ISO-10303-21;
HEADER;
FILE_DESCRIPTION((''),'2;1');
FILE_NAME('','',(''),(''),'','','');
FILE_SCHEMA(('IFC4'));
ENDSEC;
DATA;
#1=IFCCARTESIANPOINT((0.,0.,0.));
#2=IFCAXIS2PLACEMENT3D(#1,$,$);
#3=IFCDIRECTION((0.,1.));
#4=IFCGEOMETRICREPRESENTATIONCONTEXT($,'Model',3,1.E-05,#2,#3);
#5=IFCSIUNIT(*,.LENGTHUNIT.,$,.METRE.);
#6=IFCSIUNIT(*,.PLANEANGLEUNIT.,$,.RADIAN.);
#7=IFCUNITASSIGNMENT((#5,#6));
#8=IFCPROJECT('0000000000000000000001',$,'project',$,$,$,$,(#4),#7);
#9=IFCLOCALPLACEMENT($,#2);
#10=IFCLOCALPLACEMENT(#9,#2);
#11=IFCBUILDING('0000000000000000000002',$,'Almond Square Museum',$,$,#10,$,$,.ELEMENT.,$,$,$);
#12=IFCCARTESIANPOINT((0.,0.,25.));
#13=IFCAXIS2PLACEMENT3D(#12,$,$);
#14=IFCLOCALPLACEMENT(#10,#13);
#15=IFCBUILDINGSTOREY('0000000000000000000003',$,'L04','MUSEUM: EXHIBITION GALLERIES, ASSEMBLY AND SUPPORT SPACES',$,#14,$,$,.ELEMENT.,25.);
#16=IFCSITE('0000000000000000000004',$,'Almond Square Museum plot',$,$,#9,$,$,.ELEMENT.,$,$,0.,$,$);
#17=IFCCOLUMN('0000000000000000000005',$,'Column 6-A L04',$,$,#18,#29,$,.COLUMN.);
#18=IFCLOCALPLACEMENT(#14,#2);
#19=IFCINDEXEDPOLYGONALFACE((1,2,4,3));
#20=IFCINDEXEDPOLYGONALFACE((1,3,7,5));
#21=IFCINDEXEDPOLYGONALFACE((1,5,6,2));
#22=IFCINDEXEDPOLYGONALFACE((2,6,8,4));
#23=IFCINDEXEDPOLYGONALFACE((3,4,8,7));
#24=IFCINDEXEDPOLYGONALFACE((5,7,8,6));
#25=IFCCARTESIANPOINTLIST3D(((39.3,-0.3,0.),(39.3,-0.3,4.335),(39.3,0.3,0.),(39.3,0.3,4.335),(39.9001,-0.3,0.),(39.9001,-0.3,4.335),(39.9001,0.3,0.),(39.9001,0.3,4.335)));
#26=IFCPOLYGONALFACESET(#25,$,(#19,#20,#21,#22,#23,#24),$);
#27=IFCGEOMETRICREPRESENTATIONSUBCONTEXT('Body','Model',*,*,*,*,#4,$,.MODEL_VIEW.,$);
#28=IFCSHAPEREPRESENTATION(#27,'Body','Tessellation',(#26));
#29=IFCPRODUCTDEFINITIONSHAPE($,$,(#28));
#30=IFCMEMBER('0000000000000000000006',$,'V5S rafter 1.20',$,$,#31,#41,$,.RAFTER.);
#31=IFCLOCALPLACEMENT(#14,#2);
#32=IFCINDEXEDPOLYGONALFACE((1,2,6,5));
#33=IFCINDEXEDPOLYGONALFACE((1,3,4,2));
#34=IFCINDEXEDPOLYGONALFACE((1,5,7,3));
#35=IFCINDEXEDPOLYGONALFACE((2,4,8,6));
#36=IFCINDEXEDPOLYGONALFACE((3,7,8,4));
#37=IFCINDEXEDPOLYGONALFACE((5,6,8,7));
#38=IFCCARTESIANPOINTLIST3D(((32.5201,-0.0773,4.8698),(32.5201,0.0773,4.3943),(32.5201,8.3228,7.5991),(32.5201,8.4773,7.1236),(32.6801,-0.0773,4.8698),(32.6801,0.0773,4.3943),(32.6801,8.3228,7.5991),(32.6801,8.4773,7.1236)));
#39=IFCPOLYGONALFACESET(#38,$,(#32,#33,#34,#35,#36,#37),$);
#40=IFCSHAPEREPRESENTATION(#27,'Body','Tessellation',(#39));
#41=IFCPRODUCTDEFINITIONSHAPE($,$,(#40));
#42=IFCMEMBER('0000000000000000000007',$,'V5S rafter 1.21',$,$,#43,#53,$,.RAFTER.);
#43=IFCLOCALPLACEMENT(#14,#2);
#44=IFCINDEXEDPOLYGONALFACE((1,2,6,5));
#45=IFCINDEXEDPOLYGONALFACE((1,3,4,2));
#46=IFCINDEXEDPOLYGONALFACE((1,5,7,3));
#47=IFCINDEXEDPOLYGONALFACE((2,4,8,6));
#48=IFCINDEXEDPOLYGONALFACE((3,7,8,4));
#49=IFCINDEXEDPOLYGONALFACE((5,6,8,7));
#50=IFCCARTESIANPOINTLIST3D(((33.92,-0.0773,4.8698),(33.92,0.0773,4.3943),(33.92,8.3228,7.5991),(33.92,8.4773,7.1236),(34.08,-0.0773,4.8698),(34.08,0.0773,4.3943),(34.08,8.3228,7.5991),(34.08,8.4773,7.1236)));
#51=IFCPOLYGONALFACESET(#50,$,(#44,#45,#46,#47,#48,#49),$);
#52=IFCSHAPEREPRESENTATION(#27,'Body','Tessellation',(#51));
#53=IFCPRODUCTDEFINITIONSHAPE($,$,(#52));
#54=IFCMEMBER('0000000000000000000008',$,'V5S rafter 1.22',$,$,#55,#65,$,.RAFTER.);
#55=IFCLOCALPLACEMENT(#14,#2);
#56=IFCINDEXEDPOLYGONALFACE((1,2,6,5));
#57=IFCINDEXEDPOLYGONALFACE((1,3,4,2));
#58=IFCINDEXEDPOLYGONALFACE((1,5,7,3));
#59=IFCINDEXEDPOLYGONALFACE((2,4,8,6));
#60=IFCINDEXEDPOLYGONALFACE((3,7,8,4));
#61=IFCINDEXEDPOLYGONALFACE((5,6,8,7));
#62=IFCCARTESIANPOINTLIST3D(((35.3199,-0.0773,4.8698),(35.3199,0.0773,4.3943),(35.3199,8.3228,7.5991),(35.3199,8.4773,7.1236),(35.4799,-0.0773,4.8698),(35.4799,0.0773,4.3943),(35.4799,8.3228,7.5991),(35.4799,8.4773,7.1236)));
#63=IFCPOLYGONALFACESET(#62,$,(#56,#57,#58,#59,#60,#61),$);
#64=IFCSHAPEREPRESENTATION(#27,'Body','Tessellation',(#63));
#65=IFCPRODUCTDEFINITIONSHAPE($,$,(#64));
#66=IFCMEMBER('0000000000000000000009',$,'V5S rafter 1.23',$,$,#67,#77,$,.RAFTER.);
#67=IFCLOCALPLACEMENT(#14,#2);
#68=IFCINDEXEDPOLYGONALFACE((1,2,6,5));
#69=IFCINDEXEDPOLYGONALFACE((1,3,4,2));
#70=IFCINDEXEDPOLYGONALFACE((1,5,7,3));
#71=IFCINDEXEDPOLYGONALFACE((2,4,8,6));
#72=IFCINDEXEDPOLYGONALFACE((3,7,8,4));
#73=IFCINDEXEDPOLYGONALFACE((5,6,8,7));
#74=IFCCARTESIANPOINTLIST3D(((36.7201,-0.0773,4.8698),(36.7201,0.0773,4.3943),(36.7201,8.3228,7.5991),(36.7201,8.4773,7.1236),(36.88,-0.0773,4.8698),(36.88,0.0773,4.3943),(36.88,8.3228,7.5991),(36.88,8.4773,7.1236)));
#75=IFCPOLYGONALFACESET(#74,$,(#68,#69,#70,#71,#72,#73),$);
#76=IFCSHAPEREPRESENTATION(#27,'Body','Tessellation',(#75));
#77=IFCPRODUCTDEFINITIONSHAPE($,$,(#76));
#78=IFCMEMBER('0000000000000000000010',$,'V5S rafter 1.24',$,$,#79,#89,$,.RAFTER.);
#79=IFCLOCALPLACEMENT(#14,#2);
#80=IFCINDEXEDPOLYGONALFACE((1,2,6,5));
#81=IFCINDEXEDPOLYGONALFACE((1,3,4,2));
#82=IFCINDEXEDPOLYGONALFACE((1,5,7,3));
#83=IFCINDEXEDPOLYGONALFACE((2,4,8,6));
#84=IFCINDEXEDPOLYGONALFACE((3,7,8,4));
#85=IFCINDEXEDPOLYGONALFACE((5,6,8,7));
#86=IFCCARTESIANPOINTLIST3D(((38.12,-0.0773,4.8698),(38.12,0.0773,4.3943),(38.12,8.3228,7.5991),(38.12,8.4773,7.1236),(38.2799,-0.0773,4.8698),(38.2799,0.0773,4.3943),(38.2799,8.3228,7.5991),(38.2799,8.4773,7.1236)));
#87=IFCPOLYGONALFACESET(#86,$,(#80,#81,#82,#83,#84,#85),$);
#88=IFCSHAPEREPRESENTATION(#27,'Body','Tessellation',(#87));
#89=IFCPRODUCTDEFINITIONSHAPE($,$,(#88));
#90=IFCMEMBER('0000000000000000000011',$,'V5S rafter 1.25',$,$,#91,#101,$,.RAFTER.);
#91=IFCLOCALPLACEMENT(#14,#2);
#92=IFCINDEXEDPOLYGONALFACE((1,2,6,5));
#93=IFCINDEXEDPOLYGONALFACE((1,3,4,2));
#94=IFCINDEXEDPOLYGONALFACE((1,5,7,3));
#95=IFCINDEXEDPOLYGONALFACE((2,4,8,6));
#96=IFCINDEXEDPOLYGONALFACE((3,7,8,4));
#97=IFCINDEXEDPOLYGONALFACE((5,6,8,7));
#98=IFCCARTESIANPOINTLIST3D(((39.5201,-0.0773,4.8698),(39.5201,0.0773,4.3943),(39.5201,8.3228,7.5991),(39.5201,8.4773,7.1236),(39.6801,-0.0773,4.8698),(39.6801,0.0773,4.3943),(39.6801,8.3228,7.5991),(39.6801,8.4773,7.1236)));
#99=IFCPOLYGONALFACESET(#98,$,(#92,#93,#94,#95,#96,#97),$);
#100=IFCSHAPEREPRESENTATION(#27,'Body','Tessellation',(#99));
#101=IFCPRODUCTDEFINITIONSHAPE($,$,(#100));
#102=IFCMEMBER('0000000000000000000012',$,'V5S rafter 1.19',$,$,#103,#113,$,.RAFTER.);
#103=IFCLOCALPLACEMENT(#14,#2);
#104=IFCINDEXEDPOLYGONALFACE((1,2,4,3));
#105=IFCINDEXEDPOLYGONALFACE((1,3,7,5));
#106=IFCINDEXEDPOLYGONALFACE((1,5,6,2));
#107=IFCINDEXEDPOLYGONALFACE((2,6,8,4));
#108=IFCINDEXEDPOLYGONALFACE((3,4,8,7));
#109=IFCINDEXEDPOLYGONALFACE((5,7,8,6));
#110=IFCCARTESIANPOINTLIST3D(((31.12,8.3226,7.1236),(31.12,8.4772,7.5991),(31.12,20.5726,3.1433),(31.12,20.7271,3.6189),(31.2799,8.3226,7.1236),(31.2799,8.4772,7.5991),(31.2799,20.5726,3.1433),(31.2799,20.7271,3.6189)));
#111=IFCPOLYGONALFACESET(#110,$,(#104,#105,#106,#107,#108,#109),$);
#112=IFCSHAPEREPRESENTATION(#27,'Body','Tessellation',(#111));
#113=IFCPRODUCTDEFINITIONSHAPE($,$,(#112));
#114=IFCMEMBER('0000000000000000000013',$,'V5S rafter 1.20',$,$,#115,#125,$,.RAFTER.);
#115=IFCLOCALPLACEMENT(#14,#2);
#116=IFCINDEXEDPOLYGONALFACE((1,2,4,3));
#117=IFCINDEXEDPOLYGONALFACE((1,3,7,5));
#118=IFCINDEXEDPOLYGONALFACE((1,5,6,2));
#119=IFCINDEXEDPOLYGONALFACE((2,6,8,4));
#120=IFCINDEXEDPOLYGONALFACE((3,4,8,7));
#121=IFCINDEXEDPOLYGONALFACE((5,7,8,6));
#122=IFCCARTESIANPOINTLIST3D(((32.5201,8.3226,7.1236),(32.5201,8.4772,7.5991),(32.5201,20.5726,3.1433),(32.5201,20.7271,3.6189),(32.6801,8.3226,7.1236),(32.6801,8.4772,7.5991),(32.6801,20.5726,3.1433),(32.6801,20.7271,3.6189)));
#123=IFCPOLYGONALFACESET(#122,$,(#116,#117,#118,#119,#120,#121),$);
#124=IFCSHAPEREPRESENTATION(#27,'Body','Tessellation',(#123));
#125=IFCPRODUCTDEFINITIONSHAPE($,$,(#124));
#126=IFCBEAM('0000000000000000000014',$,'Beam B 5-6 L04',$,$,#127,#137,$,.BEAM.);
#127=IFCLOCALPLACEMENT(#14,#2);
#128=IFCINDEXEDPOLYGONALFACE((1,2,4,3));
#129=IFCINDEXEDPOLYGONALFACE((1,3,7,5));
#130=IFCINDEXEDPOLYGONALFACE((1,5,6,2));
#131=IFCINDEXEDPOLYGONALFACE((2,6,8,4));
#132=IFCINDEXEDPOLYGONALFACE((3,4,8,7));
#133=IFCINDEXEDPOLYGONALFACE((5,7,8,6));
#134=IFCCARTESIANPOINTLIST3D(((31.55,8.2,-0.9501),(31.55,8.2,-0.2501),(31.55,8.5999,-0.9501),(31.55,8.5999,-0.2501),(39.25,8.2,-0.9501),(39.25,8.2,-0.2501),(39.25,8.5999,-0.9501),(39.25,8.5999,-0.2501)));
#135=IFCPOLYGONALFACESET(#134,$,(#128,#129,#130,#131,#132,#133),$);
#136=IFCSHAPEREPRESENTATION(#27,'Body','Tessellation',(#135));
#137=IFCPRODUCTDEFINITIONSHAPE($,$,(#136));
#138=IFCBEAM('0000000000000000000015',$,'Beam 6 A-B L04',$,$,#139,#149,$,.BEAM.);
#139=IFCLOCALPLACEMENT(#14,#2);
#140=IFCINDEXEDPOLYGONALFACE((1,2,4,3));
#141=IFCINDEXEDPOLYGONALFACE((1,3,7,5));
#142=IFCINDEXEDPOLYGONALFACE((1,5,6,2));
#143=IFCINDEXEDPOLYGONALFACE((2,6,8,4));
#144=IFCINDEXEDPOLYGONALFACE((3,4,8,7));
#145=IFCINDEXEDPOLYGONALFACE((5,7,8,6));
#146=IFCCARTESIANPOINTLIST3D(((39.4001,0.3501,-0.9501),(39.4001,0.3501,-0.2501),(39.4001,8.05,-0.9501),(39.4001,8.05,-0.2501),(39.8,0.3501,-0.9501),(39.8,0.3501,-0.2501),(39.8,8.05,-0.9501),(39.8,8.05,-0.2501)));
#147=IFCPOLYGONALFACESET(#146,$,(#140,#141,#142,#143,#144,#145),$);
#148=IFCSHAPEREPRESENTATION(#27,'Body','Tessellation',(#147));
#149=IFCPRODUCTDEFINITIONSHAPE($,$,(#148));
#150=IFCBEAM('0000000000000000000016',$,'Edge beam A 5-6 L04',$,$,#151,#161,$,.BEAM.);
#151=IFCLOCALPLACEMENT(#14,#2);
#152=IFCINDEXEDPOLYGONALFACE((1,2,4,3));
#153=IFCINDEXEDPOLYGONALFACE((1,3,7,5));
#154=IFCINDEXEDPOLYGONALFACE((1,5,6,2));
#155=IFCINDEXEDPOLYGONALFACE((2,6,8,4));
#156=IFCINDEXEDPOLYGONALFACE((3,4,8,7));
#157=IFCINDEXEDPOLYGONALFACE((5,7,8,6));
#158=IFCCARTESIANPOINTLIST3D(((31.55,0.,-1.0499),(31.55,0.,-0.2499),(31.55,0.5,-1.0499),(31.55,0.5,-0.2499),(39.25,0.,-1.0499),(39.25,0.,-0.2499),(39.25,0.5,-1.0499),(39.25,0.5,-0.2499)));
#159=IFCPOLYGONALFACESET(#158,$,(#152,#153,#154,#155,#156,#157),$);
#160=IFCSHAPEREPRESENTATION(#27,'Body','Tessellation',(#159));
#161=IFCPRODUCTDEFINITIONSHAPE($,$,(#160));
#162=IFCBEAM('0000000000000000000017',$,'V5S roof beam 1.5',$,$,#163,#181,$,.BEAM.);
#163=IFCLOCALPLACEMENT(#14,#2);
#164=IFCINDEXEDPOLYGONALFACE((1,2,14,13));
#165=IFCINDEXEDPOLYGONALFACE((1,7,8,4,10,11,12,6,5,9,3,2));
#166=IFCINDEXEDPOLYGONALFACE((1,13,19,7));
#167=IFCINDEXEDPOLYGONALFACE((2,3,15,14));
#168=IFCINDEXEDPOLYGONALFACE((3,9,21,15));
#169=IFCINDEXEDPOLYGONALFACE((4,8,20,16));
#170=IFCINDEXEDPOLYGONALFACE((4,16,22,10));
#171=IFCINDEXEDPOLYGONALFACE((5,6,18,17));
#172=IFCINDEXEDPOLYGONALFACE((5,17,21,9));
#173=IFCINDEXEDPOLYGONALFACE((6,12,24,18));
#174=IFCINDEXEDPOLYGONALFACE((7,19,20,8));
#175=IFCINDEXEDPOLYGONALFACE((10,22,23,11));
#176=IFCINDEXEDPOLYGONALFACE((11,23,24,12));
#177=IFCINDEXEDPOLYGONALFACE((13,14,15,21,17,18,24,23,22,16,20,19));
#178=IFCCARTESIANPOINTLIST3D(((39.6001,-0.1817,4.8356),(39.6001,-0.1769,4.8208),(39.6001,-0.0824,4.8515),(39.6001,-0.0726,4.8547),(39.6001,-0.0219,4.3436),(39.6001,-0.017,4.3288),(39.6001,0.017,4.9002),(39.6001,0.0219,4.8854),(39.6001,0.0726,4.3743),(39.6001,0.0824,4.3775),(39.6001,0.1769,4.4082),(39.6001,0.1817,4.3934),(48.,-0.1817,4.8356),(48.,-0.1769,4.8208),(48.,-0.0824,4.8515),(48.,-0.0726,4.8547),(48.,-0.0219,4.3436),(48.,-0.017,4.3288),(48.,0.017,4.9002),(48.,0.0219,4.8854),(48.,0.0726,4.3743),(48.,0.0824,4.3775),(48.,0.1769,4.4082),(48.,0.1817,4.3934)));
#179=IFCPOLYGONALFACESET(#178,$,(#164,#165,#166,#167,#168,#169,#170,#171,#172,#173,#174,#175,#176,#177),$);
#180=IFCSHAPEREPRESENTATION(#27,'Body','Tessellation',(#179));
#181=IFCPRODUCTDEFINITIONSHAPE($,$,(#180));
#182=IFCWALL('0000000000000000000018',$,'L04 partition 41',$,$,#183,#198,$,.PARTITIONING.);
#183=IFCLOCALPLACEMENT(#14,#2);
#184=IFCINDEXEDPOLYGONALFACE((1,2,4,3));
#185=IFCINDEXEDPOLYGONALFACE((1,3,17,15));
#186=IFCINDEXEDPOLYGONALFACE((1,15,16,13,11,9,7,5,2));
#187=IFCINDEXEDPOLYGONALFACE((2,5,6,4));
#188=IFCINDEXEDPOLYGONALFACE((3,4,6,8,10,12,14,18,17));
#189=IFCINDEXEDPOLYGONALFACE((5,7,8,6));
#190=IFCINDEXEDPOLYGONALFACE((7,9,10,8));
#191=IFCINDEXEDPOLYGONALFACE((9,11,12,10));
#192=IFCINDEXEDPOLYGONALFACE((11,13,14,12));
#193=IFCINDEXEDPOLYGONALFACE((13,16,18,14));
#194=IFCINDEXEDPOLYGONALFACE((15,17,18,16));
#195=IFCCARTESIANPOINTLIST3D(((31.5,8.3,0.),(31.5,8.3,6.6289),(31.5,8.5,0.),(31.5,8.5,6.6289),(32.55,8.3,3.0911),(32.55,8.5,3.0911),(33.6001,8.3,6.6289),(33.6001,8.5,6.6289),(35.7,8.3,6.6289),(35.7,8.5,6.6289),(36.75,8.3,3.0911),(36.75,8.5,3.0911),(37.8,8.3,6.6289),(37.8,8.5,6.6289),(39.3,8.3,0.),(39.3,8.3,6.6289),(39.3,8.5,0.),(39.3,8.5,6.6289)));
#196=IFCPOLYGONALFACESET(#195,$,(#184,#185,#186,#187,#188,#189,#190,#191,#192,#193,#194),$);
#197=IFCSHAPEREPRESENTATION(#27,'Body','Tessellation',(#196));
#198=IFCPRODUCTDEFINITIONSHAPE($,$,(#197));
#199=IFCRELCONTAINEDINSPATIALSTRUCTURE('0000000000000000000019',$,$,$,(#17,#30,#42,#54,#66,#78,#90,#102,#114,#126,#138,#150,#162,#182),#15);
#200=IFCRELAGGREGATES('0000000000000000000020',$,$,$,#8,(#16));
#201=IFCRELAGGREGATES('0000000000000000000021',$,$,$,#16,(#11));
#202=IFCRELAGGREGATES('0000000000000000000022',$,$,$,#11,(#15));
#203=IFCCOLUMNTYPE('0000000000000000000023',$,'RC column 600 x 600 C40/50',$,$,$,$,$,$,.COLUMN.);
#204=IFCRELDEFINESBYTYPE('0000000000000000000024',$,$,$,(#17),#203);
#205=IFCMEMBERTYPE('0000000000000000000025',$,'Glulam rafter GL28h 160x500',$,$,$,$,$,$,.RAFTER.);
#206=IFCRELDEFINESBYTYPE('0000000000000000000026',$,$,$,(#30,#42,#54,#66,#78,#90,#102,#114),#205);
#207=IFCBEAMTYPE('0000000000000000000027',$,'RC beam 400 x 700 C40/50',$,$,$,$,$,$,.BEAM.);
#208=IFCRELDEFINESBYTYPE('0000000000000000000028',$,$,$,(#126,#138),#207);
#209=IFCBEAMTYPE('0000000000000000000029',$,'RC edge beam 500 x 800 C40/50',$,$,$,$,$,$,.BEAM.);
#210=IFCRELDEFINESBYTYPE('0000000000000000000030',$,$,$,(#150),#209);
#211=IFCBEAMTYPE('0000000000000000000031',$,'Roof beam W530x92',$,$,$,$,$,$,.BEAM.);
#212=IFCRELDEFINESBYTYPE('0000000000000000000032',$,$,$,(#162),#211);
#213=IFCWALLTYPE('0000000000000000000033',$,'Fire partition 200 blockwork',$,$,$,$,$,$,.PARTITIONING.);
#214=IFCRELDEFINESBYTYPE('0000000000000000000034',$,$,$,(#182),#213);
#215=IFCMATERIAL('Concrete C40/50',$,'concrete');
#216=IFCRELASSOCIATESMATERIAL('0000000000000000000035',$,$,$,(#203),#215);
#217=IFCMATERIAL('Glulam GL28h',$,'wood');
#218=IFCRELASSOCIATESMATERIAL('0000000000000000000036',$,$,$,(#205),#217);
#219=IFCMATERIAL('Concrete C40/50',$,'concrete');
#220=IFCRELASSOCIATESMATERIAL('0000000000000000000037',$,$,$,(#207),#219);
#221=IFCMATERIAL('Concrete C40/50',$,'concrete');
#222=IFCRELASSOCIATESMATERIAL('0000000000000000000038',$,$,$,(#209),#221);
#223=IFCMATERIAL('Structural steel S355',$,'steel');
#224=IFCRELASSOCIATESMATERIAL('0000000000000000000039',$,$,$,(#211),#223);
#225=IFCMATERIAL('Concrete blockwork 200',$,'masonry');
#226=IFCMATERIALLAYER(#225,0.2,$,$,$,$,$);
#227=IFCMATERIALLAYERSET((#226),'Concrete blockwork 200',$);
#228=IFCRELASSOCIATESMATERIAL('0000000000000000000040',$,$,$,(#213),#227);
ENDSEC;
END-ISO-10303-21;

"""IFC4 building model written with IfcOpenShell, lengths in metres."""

from ifc_helpers import new_model, si_unit, direction, frame, origin, origin_2d, place, context, subcontext, project, spatial, polyline, rectangle, i_section, outline, extrude, material, layer, layer_set, material_profile, profile_set, type_object, element, save


model = new_model("IFC4")

# Units and contexts
model_context = context("Model", 3, precision=1e-05, world=origin(), true_north=direction((0.0, 1.0)))
body_context = subcontext(model_context, "Body", "Model", "MODEL_VIEW")
ifc_project = project(units=[si_unit("LENGTHUNIT", "METRE"), si_unit("PLANEANGLEUNIT", "RADIAN")], contexts=[model_context])

# Site, building, storey
site_placement = place(None, origin())
site = spatial("IfcSite", under=ifc_project, at=site_placement, Name="Almond Square Museum plot", CompositionType="ELEMENT", RefElevation=0.0)
building_placement = place(site_placement, origin())
building = spatial("IfcBuilding", under=site, at=building_placement, Name="Almond Square Museum", CompositionType="ELEMENT")
storey_placement = place(building_placement, frame((0.0, 0.0, 25.0)))
storey = spatial("IfcBuildingStorey", under=building, at=storey_placement, Name="L04", Description="MUSEUM: EXHIBITION GALLERIES, ASSEMBLY AND SUPPORT SPACES", CompositionType="ELEMENT", Elevation=25.0)

# Column
ifc_material_1 = material(Name="Concrete C40/50", Category="concrete")
ifc_material_profile_1 = material_profile(ifc_material_1, rectangle(XDim=0.6001, YDim=0.6001, at=origin_2d()))
ifc_profile_set_1 = profile_set([ifc_material_profile_1], Name="Concrete C40/50")
column_type = type_object("IfcColumnType", Name="RC column 600 x 600 C40/50", PredefinedType="COLUMN", material=ifc_profile_set_1)
column_placement = place(storey_placement, frame((39.6001, 0.0, 0.0), z_axis=(0.0, 0.0, 1.0), x_axis=(1.0, 0.0, 0.0)))
element("IfcColumn", 1, at=column_placement, inside=storey, type_object=column_type, Name="Column 6-A L04", PredefinedType="COLUMN", context=body_context, shape_type="SweptSolid", body=[
    extrude(rectangle(XDim=0.6001, YDim=0.6001, at=origin_2d()), origin(), (0.0, 0.0, 1.0), 4.335),
])

# Members
ifc_material_2 = material(Name="Glulam GL28h", Category="wood")
ifc_material_profile_2 = material_profile(ifc_material_2, rectangle(XDim=0.1599, YDim=0.5, at=origin_2d()))
ifc_profile_set_2 = profile_set([ifc_material_profile_2], Name="Glulam GL28h")
member_type = type_object("IfcMemberType", Name="Glulam rafter GL28h 160x500", PredefinedType="RAFTER", material=ifc_profile_set_2)
for number, where, z_axis, x_axis, name in (
    (2, (32.6001, 0.0, 4.6321), (0.0, 0.951058, 0.309012), (-1.0, 0.0, 0.0), "V5S rafter 1.20"),
    (3, (34.0, 0.0, 4.6321), (0.0, 0.951058, 0.309012), (-1.0, 0.0, 0.0), "V5S rafter 1.21"),
    (4, (35.3999, 0.0, 4.6321), (0.0, 0.951058, 0.309012), (-1.0, 0.0, 0.0), "V5S rafter 1.22"),
    (5, (36.8, 0.0, 4.6321), (0.0, 0.951058, 0.309012), (-1.0, 0.0, 0.0), "V5S rafter 1.23"),
    (6, (38.2, 0.0, 4.6321), (0.0, 0.951058, 0.309012), (-1.0, 0.0, 0.0), "V5S rafter 1.24"),
    (7, (39.6001, 0.0, 4.6321), (0.0, 0.951058, 0.309012), (-1.0, 0.0, 0.0), "V5S rafter 1.25"),
):
    element("IfcMember", number, at=place(storey_placement, frame(where, z_axis=z_axis, x_axis=x_axis)), inside=storey, type_object=member_type, Name=name, PredefinedType="RAFTER", context=body_context, shape_type="SweptSolid", body=[
        extrude(rectangle(XDim=0.1599, YDim=0.5, at=origin_2d()), origin(), (0.0, 0.0, 1.0), 8.8323),
    ])
for number, where, z_axis, x_axis, name in (
    (8, (31.2, 8.3999, 7.3613), (0.0, 0.951057, -0.309014), (-1.0, 0.0, 0.0), "V5S rafter 1.19"),
    (9, (32.6001, 8.3999, 7.3613), (0.0, 0.951057, -0.309014), (-1.0, 0.0, 0.0), "V5S rafter 1.20"),
):
    element("IfcMember", number, at=place(storey_placement, frame(where, z_axis=z_axis, x_axis=x_axis)), inside=storey, type_object=member_type, Name=name, PredefinedType="RAFTER", context=body_context, shape_type="SweptSolid", body=[
        extrude(rectangle(XDim=0.1599, YDim=0.5, at=origin_2d()), origin(), (0.0, 0.0, 1.0), 12.8804),
    ])

# Beams
ifc_material_3 = material(Name="Concrete C40/50", Category="concrete")
ifc_material_profile_3 = material_profile(ifc_material_3, rectangle(XDim=0.3999, YDim=0.7, at=origin_2d()))
ifc_profile_set_3 = profile_set([ifc_material_profile_3], Name="Concrete C40/50")
beam_type_1 = type_object("IfcBeamType", Name="RC beam 400 x 700 C40/50", PredefinedType="BEAM", material=ifc_profile_set_3)
for number, where, z_axis, x_axis, name in (
    (10, (31.55, 8.3999, -0.6001), (1.0, 0.0, 0.0), (0.0, 1.0, 0.0), "Beam B 5-6 L04"),
    (11, (39.6001, 0.3501, -0.6001), (0.0, 1.0, 0.0), (-1.0, 0.0, 0.0), "Beam 6 A-B L04"),
):
    element("IfcBeam", number, at=place(storey_placement, frame(where, z_axis=z_axis, x_axis=x_axis)), inside=storey, type_object=beam_type_1, Name=name, PredefinedType="BEAM", context=body_context, shape_type="SweptSolid", body=[
        extrude(rectangle(XDim=0.3999, YDim=0.7, at=origin_2d()), origin(), (0.0, 0.0, 1.0), 7.7),
    ])
ifc_material_4 = material(Name="Concrete C40/50", Category="concrete")
ifc_material_profile_4 = material_profile(ifc_material_4, rectangle(XDim=0.5, YDim=0.8, at=origin_2d()))
ifc_profile_set_4 = profile_set([ifc_material_profile_4], Name="Concrete C40/50")
beam_type_2 = type_object("IfcBeamType", Name="RC edge beam 500 x 800 C40/50", PredefinedType="BEAM", material=ifc_profile_set_4)
beam_1_placement = place(storey_placement, frame((31.55, 0.25, -0.6499), z_axis=(1.0, 0.0, 0.0), x_axis=(0.0, 1.0, 0.0)))
element("IfcBeam", 12, at=beam_1_placement, inside=storey, type_object=beam_type_2, Name="Edge beam A 5-6 L04", PredefinedType="BEAM", context=body_context, shape_type="SweptSolid", body=[
    extrude(rectangle(XDim=0.5, YDim=0.8, at=origin_2d()), origin(), (0.0, 0.0, 1.0), 7.7),
])
ifc_material_5 = material(Name="Structural steel S355", Category="steel")
ifc_material_profile_5 = material_profile(ifc_material_5, i_section(OverallWidth=0.209, OverallDepth=0.533, WebThickness=0.0103, FlangeThickness=0.0156, at=origin_2d()))
ifc_profile_set_5 = profile_set([ifc_material_profile_5], Name="Structural steel S355")
beam_type_3 = type_object("IfcBeamType", Name="Roof beam W530x92", PredefinedType="BEAM", material=ifc_profile_set_5)
beam_2_placement = place(storey_placement, frame((39.6001, 0.0, 4.6145), z_axis=(1.0, 0.0, 0.0), x_axis=(0.0, 0.951057, 0.309017)))
element("IfcBeam", 13, at=beam_2_placement, inside=storey, type_object=beam_type_3, Name="V5S roof beam 1.5", PredefinedType="BEAM", context=body_context, shape_type="SweptSolid", body=[
    extrude(i_section(OverallWidth=0.209, OverallDepth=0.533, WebThickness=0.0103, FlangeThickness=0.0156, at=origin_2d()), origin(), (0.0, 0.0, 1.0), 8.3999),
])

# Wall
ifc_material_6 = material(Name="Concrete blockwork 200", Category="masonry")
ifc_layer_1 = layer(ifc_material_6, 0.2)
ifc_layer_set_1 = layer_set([ifc_layer_1], Name="Concrete blockwork 200")
wall_type_1 = type_object("IfcWallType", Name="Fire partition 200 blockwork", PredefinedType="PARTITIONING", material=ifc_layer_set_1)
wall_1_placement = place(storey_placement, frame((31.5, 8.3999, 0.0), z_axis=(0.0, 0.0, 1.0), x_axis=(1.0, 0.0, 0.0)))
element("IfcWall", 14, at=wall_1_placement, inside=storey, type_object=wall_type_1, Name="L04 partition 41", PredefinedType="PARTITIONING", context=body_context, shape_type="SweptSolid", body=[
    extrude(outline(polyline([(0.0, 0.0), (7.8, 0.0), (7.8, 6.6289), (6.3, 6.6289), (5.25, 3.0911), (4.2, 6.6289), (2.1001, 6.6289), (1.05, 3.0911), (0.0, 6.6289), (0.0, 0.0)])), frame((0.0, 0.1001, 0.0), z_axis=(0.0, -1.0, 0.0), x_axis=(1.0, 0.0, 0.0)), (0.0, 0.0, 1.0), 0.2),
])

save(model, "model.ifc")
